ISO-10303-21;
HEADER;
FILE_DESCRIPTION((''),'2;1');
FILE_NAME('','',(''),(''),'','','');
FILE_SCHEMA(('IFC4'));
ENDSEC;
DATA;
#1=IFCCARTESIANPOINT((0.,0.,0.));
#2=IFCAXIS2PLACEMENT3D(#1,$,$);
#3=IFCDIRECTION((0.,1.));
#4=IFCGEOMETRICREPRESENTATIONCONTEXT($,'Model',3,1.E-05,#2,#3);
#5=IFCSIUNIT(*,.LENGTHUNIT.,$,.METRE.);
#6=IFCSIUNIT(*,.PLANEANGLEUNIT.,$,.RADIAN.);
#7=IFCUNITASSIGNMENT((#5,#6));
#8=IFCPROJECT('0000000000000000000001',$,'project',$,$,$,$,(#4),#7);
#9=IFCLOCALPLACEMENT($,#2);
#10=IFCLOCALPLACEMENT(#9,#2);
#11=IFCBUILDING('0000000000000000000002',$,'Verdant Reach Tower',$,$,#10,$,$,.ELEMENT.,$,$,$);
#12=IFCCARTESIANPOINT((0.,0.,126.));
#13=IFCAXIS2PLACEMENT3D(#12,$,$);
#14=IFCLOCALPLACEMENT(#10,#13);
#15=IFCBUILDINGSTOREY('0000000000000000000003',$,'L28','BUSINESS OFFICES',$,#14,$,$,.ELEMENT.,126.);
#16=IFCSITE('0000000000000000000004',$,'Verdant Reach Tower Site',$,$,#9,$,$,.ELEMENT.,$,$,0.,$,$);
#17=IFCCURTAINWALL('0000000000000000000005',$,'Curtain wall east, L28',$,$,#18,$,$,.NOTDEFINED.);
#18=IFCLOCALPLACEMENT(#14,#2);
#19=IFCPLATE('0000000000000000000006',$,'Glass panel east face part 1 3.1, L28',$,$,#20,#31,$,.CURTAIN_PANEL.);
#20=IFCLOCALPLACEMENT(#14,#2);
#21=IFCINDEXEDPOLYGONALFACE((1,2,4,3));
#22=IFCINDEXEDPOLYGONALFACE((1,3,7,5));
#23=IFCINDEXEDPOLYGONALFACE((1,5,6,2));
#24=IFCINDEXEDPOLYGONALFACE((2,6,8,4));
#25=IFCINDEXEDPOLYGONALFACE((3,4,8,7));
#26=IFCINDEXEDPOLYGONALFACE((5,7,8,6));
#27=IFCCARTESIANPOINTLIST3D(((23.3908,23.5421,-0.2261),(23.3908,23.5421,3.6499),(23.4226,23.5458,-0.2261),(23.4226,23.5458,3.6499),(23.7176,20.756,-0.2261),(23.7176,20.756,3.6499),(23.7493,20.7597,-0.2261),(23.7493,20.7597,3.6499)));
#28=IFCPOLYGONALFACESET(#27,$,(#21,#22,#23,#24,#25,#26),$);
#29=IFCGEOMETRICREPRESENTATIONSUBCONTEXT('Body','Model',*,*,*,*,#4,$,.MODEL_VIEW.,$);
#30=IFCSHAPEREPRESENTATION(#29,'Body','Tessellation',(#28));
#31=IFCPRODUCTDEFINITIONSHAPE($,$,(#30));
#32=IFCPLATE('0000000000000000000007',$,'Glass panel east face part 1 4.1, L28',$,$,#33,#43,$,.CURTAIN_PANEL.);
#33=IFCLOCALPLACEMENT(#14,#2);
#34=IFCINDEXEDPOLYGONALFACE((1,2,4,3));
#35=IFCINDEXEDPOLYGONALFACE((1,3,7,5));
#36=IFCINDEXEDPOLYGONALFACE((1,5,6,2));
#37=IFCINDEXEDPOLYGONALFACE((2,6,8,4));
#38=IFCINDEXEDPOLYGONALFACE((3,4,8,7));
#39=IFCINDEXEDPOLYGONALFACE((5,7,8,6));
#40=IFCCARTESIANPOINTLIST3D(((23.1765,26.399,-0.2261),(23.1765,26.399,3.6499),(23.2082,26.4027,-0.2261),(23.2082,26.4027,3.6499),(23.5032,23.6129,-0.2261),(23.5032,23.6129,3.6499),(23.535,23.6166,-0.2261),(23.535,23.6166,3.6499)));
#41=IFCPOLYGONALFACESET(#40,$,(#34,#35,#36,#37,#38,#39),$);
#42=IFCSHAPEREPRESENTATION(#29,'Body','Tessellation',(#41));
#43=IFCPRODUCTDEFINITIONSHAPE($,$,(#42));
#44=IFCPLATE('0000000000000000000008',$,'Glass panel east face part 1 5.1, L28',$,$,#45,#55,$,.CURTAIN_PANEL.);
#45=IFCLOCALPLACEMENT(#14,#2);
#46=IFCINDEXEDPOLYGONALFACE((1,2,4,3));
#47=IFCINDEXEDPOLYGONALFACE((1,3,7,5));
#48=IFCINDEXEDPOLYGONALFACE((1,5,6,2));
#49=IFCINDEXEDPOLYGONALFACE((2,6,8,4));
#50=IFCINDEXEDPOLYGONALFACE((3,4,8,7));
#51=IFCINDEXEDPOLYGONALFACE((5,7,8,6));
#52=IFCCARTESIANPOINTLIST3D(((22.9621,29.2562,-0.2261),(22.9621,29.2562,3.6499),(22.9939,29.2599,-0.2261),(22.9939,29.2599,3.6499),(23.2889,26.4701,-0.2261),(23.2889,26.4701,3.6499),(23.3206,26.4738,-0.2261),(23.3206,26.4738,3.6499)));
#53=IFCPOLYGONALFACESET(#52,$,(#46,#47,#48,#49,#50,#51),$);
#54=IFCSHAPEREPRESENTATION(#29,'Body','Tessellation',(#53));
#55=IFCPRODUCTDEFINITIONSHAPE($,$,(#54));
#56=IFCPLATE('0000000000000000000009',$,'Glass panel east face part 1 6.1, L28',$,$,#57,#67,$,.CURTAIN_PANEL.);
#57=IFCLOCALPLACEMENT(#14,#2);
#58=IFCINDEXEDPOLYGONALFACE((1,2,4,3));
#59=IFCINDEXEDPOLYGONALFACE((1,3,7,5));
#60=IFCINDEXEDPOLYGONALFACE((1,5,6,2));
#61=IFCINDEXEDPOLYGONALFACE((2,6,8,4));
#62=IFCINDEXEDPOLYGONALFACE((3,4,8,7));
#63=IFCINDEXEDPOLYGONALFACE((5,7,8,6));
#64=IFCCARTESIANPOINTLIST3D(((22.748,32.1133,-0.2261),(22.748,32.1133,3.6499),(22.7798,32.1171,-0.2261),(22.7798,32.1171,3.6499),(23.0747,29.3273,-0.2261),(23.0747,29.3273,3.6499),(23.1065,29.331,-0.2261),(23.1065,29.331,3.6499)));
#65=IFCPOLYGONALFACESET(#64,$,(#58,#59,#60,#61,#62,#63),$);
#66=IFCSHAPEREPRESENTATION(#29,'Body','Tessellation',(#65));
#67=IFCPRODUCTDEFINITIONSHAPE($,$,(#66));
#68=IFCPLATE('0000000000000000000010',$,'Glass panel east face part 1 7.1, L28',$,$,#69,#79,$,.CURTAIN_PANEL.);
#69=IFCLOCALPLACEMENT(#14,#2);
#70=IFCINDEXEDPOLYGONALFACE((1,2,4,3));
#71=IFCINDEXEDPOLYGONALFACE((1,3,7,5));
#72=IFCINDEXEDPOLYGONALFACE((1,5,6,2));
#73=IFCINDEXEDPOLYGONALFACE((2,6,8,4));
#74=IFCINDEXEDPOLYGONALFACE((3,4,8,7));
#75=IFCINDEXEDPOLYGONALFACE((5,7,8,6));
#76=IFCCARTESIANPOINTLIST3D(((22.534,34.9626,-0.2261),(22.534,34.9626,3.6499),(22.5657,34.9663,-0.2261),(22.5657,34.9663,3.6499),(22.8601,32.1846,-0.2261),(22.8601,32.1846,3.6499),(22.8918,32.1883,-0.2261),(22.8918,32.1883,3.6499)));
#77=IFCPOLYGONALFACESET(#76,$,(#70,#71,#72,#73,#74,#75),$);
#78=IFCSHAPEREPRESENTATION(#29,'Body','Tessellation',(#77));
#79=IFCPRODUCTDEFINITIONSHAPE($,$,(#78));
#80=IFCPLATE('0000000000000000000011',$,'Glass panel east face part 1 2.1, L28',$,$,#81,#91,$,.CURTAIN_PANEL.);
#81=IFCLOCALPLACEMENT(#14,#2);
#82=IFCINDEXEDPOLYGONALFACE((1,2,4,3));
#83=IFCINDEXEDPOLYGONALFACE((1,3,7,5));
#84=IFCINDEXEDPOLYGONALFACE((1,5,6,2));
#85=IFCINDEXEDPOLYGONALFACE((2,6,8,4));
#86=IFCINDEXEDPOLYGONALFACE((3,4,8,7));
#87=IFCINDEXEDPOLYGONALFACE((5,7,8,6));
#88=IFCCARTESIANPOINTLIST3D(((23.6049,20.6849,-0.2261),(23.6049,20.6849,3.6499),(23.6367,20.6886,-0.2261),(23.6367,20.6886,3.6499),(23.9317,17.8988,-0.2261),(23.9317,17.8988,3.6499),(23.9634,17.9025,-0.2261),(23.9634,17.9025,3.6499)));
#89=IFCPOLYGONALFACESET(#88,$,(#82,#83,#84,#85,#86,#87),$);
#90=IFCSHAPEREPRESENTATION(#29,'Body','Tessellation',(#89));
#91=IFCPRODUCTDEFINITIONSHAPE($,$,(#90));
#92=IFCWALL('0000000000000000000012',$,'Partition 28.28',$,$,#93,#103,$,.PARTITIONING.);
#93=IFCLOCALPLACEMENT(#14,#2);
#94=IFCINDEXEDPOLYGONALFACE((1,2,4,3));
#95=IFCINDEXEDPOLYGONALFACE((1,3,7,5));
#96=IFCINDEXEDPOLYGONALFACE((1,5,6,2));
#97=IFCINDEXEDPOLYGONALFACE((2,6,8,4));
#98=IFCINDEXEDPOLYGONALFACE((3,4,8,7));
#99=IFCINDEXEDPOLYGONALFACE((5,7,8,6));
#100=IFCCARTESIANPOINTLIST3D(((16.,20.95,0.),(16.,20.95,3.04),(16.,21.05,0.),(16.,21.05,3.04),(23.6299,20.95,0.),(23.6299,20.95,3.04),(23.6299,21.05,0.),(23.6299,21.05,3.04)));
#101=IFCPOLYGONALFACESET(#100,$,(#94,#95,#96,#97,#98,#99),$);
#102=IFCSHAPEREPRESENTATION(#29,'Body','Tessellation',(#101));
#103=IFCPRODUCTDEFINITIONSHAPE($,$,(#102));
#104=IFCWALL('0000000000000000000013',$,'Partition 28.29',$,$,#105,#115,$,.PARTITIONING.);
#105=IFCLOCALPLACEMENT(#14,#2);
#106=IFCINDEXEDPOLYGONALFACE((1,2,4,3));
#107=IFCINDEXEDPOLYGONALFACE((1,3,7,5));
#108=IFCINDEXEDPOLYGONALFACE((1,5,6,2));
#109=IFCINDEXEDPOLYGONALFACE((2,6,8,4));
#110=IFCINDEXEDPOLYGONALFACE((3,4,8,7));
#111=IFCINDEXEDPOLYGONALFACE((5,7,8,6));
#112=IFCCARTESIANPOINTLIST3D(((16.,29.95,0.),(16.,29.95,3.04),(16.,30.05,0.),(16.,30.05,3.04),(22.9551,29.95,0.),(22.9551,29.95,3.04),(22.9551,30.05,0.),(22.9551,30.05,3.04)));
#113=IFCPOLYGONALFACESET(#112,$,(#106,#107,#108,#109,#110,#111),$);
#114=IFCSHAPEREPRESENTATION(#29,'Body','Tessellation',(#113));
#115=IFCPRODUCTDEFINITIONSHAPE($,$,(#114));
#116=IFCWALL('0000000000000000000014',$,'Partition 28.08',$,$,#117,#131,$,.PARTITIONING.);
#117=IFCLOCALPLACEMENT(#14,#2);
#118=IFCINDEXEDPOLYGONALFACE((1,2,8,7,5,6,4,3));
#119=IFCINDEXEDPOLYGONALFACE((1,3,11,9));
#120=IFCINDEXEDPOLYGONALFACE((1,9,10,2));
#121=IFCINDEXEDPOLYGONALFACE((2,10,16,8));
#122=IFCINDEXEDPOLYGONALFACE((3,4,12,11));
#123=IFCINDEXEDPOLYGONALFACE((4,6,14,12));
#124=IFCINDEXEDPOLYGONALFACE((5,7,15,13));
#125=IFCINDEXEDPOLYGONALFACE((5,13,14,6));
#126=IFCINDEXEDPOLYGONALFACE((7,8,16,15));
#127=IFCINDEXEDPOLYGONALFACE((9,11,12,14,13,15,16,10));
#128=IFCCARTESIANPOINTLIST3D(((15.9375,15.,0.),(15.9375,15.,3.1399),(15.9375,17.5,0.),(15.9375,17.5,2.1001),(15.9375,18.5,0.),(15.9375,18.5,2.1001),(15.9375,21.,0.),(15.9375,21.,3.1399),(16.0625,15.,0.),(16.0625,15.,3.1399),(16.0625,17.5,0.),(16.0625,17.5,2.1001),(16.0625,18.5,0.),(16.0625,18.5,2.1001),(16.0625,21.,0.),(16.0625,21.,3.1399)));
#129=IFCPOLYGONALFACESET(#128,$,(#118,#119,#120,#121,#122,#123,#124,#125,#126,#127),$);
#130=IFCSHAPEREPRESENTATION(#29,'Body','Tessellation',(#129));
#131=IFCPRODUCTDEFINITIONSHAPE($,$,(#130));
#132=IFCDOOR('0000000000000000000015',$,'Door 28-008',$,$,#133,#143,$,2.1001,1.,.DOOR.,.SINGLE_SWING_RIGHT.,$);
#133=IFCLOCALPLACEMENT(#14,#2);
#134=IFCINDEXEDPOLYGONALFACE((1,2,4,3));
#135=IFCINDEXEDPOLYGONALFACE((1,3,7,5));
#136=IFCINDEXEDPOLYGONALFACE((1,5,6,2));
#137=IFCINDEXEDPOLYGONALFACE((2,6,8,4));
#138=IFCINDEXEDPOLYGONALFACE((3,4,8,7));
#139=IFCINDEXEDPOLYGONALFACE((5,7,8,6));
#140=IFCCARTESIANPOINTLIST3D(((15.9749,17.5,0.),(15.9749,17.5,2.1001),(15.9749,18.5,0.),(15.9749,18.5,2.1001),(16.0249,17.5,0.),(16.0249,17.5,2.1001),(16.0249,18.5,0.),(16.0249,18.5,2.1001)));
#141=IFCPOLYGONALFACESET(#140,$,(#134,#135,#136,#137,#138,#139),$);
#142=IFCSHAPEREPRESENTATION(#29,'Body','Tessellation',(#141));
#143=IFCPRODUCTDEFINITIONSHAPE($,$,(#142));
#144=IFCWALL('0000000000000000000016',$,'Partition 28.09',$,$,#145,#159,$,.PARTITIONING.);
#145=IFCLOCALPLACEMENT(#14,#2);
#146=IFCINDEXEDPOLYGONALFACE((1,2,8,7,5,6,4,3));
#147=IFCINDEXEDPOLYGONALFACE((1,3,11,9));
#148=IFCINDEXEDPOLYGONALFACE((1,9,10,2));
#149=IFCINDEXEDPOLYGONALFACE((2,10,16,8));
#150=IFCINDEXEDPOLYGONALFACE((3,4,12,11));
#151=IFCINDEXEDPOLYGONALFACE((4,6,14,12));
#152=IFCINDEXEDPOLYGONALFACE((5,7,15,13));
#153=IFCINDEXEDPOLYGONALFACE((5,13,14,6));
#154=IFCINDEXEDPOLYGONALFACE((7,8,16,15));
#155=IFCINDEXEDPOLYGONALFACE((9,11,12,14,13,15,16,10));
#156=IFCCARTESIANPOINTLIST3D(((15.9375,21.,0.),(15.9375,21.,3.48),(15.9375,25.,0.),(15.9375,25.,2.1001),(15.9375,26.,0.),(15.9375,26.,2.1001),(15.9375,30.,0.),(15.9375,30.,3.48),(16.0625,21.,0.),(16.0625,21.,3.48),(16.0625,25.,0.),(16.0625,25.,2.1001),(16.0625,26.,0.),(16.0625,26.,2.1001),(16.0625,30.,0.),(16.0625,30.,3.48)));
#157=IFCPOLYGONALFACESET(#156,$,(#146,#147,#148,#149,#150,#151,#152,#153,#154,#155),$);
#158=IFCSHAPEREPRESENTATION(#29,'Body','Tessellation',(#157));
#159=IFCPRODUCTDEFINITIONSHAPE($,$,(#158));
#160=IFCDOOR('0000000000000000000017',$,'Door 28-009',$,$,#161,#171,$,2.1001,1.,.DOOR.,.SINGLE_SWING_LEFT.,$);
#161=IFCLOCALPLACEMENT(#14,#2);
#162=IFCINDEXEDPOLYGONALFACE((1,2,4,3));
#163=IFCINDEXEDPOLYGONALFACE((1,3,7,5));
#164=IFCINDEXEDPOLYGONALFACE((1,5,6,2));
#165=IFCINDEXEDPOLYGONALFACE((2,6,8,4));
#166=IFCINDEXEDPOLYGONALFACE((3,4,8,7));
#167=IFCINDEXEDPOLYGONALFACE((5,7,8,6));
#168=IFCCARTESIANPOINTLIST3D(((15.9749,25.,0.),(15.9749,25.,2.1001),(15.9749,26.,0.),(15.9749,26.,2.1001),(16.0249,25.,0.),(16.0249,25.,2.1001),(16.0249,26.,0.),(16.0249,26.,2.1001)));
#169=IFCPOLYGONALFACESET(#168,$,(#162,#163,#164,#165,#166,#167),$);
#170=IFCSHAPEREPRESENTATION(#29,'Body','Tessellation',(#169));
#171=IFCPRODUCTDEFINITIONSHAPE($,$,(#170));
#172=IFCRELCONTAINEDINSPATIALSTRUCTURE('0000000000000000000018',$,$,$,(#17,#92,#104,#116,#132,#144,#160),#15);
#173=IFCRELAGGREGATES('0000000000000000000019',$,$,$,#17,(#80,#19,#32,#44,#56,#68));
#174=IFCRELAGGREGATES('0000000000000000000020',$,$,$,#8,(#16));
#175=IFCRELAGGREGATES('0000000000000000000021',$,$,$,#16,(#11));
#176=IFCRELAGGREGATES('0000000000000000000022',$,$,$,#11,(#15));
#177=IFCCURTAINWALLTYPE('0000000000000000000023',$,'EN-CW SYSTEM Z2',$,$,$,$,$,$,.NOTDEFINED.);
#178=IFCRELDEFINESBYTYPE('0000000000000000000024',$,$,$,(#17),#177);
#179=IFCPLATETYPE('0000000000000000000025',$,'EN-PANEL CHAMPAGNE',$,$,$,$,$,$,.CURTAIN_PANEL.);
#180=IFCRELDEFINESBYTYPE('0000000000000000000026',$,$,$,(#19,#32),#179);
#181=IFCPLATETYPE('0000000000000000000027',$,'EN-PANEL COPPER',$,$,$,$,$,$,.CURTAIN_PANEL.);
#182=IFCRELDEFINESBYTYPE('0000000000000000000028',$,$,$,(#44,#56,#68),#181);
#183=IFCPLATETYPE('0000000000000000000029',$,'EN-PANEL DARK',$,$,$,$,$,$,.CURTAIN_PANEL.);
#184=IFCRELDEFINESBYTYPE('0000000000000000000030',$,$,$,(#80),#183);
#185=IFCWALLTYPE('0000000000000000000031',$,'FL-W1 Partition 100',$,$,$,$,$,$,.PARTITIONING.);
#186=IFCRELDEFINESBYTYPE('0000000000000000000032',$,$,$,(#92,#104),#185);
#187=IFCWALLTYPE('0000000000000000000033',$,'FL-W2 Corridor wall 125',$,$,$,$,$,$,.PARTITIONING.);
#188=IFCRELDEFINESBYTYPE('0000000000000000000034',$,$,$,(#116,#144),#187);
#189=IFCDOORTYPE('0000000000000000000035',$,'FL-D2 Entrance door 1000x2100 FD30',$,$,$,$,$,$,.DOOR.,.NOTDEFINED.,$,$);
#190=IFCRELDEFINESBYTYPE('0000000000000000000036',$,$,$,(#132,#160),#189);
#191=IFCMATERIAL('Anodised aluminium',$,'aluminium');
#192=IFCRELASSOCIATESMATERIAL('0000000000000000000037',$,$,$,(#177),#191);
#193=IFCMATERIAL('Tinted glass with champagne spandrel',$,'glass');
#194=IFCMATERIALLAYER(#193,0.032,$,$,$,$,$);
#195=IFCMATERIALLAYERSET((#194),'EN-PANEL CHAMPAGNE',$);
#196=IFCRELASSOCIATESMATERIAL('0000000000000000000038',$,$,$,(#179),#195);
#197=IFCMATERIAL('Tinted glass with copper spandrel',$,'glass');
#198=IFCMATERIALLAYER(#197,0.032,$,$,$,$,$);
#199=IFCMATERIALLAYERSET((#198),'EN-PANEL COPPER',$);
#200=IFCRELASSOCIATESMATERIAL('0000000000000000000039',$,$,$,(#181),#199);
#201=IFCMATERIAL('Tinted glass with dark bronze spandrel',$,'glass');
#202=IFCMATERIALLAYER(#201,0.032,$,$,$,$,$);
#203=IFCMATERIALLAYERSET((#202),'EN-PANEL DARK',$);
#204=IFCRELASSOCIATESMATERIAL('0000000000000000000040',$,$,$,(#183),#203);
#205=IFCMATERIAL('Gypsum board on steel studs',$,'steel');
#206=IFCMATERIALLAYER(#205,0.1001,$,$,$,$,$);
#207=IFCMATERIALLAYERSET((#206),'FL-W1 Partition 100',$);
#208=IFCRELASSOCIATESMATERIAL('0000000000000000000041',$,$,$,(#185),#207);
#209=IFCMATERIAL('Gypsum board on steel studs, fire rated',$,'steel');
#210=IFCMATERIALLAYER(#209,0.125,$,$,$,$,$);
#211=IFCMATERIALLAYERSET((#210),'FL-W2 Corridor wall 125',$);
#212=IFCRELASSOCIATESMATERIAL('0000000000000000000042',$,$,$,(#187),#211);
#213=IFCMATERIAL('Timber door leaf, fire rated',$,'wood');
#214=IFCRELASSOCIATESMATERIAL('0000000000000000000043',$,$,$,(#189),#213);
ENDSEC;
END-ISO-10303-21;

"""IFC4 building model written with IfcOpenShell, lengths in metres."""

from ifc_helpers import new_model, si_unit, direction, frame, frame_2d, origin, origin_2d, place, context, subcontext, project, spatial, rectangle, extrude, material, layer, layer_set, type_object, element, fill, aggregate, save


model = new_model("IFC4")

# Units and contexts
model_context = context("Model", 3, precision=1e-05, world=origin(), true_north=direction((0.0, 1.0)))
body_context = subcontext(model_context, "Body", "Model", "MODEL_VIEW")
ifc_project = project(units=[si_unit("LENGTHUNIT", "METRE"), si_unit("PLANEANGLEUNIT", "RADIAN")], contexts=[model_context])

# Site, building, storey
site_placement = place(None, origin())
site = spatial("IfcSite", under=ifc_project, at=site_placement, Name="Verdant Reach Tower Site", CompositionType="ELEMENT", RefElevation=0.0)
building_placement = place(site_placement, origin())
building = spatial("IfcBuilding", under=site, at=building_placement, Name="Verdant Reach Tower", CompositionType="ELEMENT")
storey_placement = place(building_placement, frame((0.0, 0.0, 126.0)))
storey = spatial("IfcBuildingStorey", under=building, at=storey_placement, Name="L28", Description="BUSINESS OFFICES", CompositionType="ELEMENT", Elevation=126.0)

# Curtain wall
ifc_material_1 = material(Name="Anodised aluminium", Category="aluminium")
curtain_wall_type = type_object("IfcCurtainWallType", Name="EN-CW SYSTEM Z2", PredefinedType="NOTDEFINED", material=ifc_material_1)
curtain_wall_placement = place(storey_placement, origin())
curtain_wall = element("IfcCurtainWall", 1, at=curtain_wall_placement, inside=storey, type_object=curtain_wall_type, Name="Curtain wall east, L28", PredefinedType="NOTDEFINED")

# Plates
ifc_material_2 = material(Name="Tinted glass with champagne spandrel", Category="glass")
ifc_layer_1 = layer(ifc_material_2, 0.032)
ifc_layer_set_1 = layer_set([ifc_layer_1], Name="EN-PANEL CHAMPAGNE")
plate_type_1 = type_object("IfcPlateType", Name="EN-PANEL CHAMPAGNE", PredefinedType="CURTAIN_PANEL", material=ifc_layer_set_1)
plate_1_placement = place(storey_placement, frame((23.5701, 22.1509, -0.2261), z_axis=(0.0, 0.0, 1.0), x_axis=(-0.116483, 0.993193, 0.0)))
plate_1 = element("IfcPlate", 2, at=plate_1_placement, type_object=plate_type_1, Name="Glass panel east face part 1 3.1, L28", PredefinedType="CURTAIN_PANEL", context=body_context, shape_type="SweptSolid", body=[
    extrude(rectangle(XDim=2.8052, YDim=0.032, at=origin_2d()), origin(), (0.0, 0.0, 1.0), 3.876),
])
plate_2_placement = place(storey_placement, frame((23.3557, 25.0078, -0.2261), z_axis=(0.0, 0.0, 1.0), x_axis=(-0.116483, 0.993193, 0.0)))
plate_2 = element("IfcPlate", 3, at=plate_2_placement, type_object=plate_type_1, Name="Glass panel east face part 1 4.1, L28", PredefinedType="CURTAIN_PANEL", context=body_context, shape_type="SweptSolid", body=[
    extrude(rectangle(XDim=2.8052, YDim=0.032, at=origin_2d()), origin(), (0.0, 0.0, 1.0), 3.876),
])
ifc_material_3 = material(Name="Tinted glass with copper spandrel", Category="glass")
ifc_layer_2 = layer(ifc_material_3, 0.032)
ifc_layer_set_2 = layer_set([ifc_layer_2], Name="EN-PANEL COPPER")
plate_type_2 = type_object("IfcPlateType", Name="EN-PANEL COPPER", PredefinedType="CURTAIN_PANEL", material=ifc_layer_set_2)
plate_3_placement = place(storey_placement, frame((23.1414, 27.865, -0.2261), z_axis=(0.0, 0.0, 1.0), x_axis=(-0.116483, 0.993193, 0.0)))
plate_3 = element("IfcPlate", 4, at=plate_3_placement, type_object=plate_type_2, Name="Glass panel east face part 1 5.1, L28", PredefinedType="CURTAIN_PANEL", context=body_context, shape_type="SweptSolid", body=[
    extrude(rectangle(XDim=2.8052, YDim=0.032, at=origin_2d()), origin(), (0.0, 0.0, 1.0), 3.876),
])
plate_4_placement = place(storey_placement, frame((22.9272, 30.7222, -0.2261), z_axis=(0.0, 0.0, 1.0), x_axis=(-0.116483, 0.993193, 0.0)))
plate_4 = element("IfcPlate", 5, at=plate_4_placement, type_object=plate_type_2, Name="Glass panel east face part 1 6.1, L28", PredefinedType="CURTAIN_PANEL", context=body_context, shape_type="SweptSolid", body=[
    extrude(rectangle(XDim=2.8052, YDim=0.032, at=origin_2d()), origin(), (0.0, 0.0, 1.0), 3.876),
])
plate_5_placement = place(storey_placement, frame((22.7129, 33.5754, -0.2261), z_axis=(0.0, 0.0, 1.0), x_axis=(-0.116586, 0.993181, 0.0)))
plate_5 = element("IfcPlate", 6, at=plate_5_placement, type_object=plate_type_2, Name="Glass panel east face part 1 7.1, L28", PredefinedType="CURTAIN_PANEL", context=body_context, shape_type="SweptSolid", body=[
    extrude(rectangle(XDim=2.7971, YDim=0.032, at=origin_2d()), origin(), (0.0, 0.0, 1.0), 3.876),
])
ifc_material_4 = material(Name="Tinted glass with dark bronze spandrel", Category="glass")
ifc_layer_3 = layer(ifc_material_4, 0.032)
ifc_layer_set_3 = layer_set([ifc_layer_3], Name="EN-PANEL DARK")
plate_type_3 = type_object("IfcPlateType", Name="EN-PANEL DARK", PredefinedType="CURTAIN_PANEL", material=ifc_layer_set_3)
plate_6_placement = place(storey_placement, frame((23.7842, 19.2937, -0.2261), z_axis=(0.0, 0.0, 1.0), x_axis=(-0.116483, 0.993193, 0.0)))
plate_6 = element("IfcPlate", 7, at=plate_6_placement, type_object=plate_type_3, Name="Glass panel east face part 1 2.1, L28", PredefinedType="CURTAIN_PANEL", context=body_context, shape_type="SweptSolid", body=[
    extrude(rectangle(XDim=2.8052, YDim=0.032, at=origin_2d()), origin(), (0.0, 0.0, 1.0), 3.876),
])
aggregate(curtain_wall, [plate_6, plate_1, plate_2, plate_3, plate_4, plate_5])

# Walls
ifc_material_5 = material(Name="Gypsum board on steel studs", Category="steel")
ifc_layer_4 = layer(ifc_material_5, 0.1001)
ifc_layer_set_4 = layer_set([ifc_layer_4], Name="FL-W1 Partition 100")
wall_type_1 = type_object("IfcWallType", Name="FL-W1 Partition 100", PredefinedType="PARTITIONING", material=ifc_layer_set_4)
wall_1_placement = place(storey_placement, frame((23.6299, 21.0, 0.0), z_axis=(0.0, 0.0, 1.0), x_axis=(-1.0, 0.0, 0.0)))
element("IfcWall", 8, at=wall_1_placement, inside=storey, type_object=wall_type_1, Name="Partition 28.28", PredefinedType="PARTITIONING", context=body_context, shape_type="SweptSolid", body=[
    extrude(rectangle(XDim=7.6299, YDim=0.1001, at=frame_2d((3.8149, 0.0))), origin(), (0.0, 0.0, 1.0), 3.04),
])
wall_2_placement = place(storey_placement, frame((22.9551, 30.0, 0.0), z_axis=(0.0, 0.0, 1.0), x_axis=(-1.0, 0.0, 0.0)))
element("IfcWall", 9, at=wall_2_placement, inside=storey, type_object=wall_type_1, Name="Partition 28.29", PredefinedType="PARTITIONING", context=body_context, shape_type="SweptSolid", body=[
    extrude(rectangle(XDim=6.9551, YDim=0.1001, at=frame_2d((3.4775, 0.0))), origin(), (0.0, 0.0, 1.0), 3.04),
])

# Walls, openings, doors
ifc_material_6 = material(Name="Gypsum board on steel studs, fire rated", Category="steel")
ifc_layer_5 = layer(ifc_material_6, 0.125)
ifc_layer_set_5 = layer_set([ifc_layer_5], Name="FL-W2 Corridor wall 125")
wall_type_2 = type_object("IfcWallType", Name="FL-W2 Corridor wall 125", PredefinedType="PARTITIONING", material=ifc_layer_set_5)
wall_3_placement = place(storey_placement, frame((16.0, 21.0, 0.0), z_axis=(0.0, 0.0, 1.0), x_axis=(0.0, -1.0, 0.0)))
wall_3 = element("IfcWall", 10, at=wall_3_placement, inside=storey, type_object=wall_type_2, Name="Partition 28.08", PredefinedType="PARTITIONING", context=body_context, shape_type="SweptSolid", body=[
    extrude(rectangle(XDim=6.0, YDim=0.125, at=frame_2d((3.0, 0.0))), origin(), (0.0, 0.0, 1.0), 3.1399),
])
opening_1_placement = place(wall_3_placement, frame((2.5, 0.0, 0.0)))
opening_1 = element("IfcOpeningElement", 11, at=opening_1_placement, cuts=wall_3, PredefinedType="OPENING", context=body_context, shape_type="SweptSolid", body=[
    extrude(rectangle(XDim=1.0, YDim=2.1001, at=frame_2d((0.5, 1.05))), frame((0.0, 0.0725, 0.0), z_axis=(0.0, -1.0, 0.0), x_axis=(1.0, 0.0, 0.0)), (0.0, 0.0, 1.0), 0.145),
])
ifc_material_7 = material(Name="Timber door leaf, fire rated", Category="wood")
door_type = type_object("IfcDoorType", Name="FL-D2 Entrance door 1000x2100 FD30", OperationType="NOTDEFINED", PredefinedType="DOOR", material=ifc_material_7)
door_1_placement = place(opening_1_placement, origin())
door_1 = element("IfcDoor", 12, at=door_1_placement, inside=storey, type_object=door_type, Name="Door 28-008", OperationType="SINGLE_SWING_RIGHT", OverallHeight=2.1001, OverallWidth=1.0, PredefinedType="DOOR", context=body_context, shape_type="SweptSolid", body=[
    extrude(rectangle(XDim=1.0, YDim=2.1001, at=frame_2d((0.5, 1.05))), frame((0.0, 0.0249, 0.0), z_axis=(0.0, -1.0, 0.0), x_axis=(1.0, 0.0, 0.0)), (0.0, 0.0, 1.0), 0.05),
])
fill(opening_1, door_1)
wall_4_placement = place(storey_placement, frame((16.0, 30.0, 0.0), z_axis=(0.0, 0.0, 1.0), x_axis=(0.0, -1.0, 0.0)))
wall_4 = element("IfcWall", 13, at=wall_4_placement, inside=storey, type_object=wall_type_2, Name="Partition 28.09", PredefinedType="PARTITIONING", context=body_context, shape_type="SweptSolid", body=[
    extrude(rectangle(XDim=9.0, YDim=0.125, at=frame_2d((4.5, 0.0))), origin(), (0.0, 0.0, 1.0), 3.48),
])
opening_2_placement = place(wall_4_placement, frame((4.0, 0.0, 0.0)))
opening_2 = element("IfcOpeningElement", 14, at=opening_2_placement, cuts=wall_4, PredefinedType="OPENING", context=body_context, shape_type="SweptSolid", body=[
    extrude(rectangle(XDim=1.0, YDim=2.1001, at=frame_2d((0.5, 1.05))), frame((0.0, 0.0725, 0.0), z_axis=(0.0, -1.0, 0.0), x_axis=(1.0, 0.0, 0.0)), (0.0, 0.0, 1.0), 0.145),
])
door_2_placement = place(opening_2_placement, origin())
door_2 = element("IfcDoor", 15, at=door_2_placement, inside=storey, type_object=door_type, Name="Door 28-009", OperationType="SINGLE_SWING_LEFT", OverallHeight=2.1001, OverallWidth=1.0, PredefinedType="DOOR", context=body_context, shape_type="SweptSolid", body=[
    extrude(rectangle(XDim=1.0, YDim=2.1001, at=frame_2d((0.5, 1.05))), frame((0.0, 0.0249, 0.0), z_axis=(0.0, -1.0, 0.0), x_axis=(1.0, 0.0, 0.0)), (0.0, 0.0, 1.0), 0.05),
])
fill(opening_2, door_2)

save(model, "model.ifc")
